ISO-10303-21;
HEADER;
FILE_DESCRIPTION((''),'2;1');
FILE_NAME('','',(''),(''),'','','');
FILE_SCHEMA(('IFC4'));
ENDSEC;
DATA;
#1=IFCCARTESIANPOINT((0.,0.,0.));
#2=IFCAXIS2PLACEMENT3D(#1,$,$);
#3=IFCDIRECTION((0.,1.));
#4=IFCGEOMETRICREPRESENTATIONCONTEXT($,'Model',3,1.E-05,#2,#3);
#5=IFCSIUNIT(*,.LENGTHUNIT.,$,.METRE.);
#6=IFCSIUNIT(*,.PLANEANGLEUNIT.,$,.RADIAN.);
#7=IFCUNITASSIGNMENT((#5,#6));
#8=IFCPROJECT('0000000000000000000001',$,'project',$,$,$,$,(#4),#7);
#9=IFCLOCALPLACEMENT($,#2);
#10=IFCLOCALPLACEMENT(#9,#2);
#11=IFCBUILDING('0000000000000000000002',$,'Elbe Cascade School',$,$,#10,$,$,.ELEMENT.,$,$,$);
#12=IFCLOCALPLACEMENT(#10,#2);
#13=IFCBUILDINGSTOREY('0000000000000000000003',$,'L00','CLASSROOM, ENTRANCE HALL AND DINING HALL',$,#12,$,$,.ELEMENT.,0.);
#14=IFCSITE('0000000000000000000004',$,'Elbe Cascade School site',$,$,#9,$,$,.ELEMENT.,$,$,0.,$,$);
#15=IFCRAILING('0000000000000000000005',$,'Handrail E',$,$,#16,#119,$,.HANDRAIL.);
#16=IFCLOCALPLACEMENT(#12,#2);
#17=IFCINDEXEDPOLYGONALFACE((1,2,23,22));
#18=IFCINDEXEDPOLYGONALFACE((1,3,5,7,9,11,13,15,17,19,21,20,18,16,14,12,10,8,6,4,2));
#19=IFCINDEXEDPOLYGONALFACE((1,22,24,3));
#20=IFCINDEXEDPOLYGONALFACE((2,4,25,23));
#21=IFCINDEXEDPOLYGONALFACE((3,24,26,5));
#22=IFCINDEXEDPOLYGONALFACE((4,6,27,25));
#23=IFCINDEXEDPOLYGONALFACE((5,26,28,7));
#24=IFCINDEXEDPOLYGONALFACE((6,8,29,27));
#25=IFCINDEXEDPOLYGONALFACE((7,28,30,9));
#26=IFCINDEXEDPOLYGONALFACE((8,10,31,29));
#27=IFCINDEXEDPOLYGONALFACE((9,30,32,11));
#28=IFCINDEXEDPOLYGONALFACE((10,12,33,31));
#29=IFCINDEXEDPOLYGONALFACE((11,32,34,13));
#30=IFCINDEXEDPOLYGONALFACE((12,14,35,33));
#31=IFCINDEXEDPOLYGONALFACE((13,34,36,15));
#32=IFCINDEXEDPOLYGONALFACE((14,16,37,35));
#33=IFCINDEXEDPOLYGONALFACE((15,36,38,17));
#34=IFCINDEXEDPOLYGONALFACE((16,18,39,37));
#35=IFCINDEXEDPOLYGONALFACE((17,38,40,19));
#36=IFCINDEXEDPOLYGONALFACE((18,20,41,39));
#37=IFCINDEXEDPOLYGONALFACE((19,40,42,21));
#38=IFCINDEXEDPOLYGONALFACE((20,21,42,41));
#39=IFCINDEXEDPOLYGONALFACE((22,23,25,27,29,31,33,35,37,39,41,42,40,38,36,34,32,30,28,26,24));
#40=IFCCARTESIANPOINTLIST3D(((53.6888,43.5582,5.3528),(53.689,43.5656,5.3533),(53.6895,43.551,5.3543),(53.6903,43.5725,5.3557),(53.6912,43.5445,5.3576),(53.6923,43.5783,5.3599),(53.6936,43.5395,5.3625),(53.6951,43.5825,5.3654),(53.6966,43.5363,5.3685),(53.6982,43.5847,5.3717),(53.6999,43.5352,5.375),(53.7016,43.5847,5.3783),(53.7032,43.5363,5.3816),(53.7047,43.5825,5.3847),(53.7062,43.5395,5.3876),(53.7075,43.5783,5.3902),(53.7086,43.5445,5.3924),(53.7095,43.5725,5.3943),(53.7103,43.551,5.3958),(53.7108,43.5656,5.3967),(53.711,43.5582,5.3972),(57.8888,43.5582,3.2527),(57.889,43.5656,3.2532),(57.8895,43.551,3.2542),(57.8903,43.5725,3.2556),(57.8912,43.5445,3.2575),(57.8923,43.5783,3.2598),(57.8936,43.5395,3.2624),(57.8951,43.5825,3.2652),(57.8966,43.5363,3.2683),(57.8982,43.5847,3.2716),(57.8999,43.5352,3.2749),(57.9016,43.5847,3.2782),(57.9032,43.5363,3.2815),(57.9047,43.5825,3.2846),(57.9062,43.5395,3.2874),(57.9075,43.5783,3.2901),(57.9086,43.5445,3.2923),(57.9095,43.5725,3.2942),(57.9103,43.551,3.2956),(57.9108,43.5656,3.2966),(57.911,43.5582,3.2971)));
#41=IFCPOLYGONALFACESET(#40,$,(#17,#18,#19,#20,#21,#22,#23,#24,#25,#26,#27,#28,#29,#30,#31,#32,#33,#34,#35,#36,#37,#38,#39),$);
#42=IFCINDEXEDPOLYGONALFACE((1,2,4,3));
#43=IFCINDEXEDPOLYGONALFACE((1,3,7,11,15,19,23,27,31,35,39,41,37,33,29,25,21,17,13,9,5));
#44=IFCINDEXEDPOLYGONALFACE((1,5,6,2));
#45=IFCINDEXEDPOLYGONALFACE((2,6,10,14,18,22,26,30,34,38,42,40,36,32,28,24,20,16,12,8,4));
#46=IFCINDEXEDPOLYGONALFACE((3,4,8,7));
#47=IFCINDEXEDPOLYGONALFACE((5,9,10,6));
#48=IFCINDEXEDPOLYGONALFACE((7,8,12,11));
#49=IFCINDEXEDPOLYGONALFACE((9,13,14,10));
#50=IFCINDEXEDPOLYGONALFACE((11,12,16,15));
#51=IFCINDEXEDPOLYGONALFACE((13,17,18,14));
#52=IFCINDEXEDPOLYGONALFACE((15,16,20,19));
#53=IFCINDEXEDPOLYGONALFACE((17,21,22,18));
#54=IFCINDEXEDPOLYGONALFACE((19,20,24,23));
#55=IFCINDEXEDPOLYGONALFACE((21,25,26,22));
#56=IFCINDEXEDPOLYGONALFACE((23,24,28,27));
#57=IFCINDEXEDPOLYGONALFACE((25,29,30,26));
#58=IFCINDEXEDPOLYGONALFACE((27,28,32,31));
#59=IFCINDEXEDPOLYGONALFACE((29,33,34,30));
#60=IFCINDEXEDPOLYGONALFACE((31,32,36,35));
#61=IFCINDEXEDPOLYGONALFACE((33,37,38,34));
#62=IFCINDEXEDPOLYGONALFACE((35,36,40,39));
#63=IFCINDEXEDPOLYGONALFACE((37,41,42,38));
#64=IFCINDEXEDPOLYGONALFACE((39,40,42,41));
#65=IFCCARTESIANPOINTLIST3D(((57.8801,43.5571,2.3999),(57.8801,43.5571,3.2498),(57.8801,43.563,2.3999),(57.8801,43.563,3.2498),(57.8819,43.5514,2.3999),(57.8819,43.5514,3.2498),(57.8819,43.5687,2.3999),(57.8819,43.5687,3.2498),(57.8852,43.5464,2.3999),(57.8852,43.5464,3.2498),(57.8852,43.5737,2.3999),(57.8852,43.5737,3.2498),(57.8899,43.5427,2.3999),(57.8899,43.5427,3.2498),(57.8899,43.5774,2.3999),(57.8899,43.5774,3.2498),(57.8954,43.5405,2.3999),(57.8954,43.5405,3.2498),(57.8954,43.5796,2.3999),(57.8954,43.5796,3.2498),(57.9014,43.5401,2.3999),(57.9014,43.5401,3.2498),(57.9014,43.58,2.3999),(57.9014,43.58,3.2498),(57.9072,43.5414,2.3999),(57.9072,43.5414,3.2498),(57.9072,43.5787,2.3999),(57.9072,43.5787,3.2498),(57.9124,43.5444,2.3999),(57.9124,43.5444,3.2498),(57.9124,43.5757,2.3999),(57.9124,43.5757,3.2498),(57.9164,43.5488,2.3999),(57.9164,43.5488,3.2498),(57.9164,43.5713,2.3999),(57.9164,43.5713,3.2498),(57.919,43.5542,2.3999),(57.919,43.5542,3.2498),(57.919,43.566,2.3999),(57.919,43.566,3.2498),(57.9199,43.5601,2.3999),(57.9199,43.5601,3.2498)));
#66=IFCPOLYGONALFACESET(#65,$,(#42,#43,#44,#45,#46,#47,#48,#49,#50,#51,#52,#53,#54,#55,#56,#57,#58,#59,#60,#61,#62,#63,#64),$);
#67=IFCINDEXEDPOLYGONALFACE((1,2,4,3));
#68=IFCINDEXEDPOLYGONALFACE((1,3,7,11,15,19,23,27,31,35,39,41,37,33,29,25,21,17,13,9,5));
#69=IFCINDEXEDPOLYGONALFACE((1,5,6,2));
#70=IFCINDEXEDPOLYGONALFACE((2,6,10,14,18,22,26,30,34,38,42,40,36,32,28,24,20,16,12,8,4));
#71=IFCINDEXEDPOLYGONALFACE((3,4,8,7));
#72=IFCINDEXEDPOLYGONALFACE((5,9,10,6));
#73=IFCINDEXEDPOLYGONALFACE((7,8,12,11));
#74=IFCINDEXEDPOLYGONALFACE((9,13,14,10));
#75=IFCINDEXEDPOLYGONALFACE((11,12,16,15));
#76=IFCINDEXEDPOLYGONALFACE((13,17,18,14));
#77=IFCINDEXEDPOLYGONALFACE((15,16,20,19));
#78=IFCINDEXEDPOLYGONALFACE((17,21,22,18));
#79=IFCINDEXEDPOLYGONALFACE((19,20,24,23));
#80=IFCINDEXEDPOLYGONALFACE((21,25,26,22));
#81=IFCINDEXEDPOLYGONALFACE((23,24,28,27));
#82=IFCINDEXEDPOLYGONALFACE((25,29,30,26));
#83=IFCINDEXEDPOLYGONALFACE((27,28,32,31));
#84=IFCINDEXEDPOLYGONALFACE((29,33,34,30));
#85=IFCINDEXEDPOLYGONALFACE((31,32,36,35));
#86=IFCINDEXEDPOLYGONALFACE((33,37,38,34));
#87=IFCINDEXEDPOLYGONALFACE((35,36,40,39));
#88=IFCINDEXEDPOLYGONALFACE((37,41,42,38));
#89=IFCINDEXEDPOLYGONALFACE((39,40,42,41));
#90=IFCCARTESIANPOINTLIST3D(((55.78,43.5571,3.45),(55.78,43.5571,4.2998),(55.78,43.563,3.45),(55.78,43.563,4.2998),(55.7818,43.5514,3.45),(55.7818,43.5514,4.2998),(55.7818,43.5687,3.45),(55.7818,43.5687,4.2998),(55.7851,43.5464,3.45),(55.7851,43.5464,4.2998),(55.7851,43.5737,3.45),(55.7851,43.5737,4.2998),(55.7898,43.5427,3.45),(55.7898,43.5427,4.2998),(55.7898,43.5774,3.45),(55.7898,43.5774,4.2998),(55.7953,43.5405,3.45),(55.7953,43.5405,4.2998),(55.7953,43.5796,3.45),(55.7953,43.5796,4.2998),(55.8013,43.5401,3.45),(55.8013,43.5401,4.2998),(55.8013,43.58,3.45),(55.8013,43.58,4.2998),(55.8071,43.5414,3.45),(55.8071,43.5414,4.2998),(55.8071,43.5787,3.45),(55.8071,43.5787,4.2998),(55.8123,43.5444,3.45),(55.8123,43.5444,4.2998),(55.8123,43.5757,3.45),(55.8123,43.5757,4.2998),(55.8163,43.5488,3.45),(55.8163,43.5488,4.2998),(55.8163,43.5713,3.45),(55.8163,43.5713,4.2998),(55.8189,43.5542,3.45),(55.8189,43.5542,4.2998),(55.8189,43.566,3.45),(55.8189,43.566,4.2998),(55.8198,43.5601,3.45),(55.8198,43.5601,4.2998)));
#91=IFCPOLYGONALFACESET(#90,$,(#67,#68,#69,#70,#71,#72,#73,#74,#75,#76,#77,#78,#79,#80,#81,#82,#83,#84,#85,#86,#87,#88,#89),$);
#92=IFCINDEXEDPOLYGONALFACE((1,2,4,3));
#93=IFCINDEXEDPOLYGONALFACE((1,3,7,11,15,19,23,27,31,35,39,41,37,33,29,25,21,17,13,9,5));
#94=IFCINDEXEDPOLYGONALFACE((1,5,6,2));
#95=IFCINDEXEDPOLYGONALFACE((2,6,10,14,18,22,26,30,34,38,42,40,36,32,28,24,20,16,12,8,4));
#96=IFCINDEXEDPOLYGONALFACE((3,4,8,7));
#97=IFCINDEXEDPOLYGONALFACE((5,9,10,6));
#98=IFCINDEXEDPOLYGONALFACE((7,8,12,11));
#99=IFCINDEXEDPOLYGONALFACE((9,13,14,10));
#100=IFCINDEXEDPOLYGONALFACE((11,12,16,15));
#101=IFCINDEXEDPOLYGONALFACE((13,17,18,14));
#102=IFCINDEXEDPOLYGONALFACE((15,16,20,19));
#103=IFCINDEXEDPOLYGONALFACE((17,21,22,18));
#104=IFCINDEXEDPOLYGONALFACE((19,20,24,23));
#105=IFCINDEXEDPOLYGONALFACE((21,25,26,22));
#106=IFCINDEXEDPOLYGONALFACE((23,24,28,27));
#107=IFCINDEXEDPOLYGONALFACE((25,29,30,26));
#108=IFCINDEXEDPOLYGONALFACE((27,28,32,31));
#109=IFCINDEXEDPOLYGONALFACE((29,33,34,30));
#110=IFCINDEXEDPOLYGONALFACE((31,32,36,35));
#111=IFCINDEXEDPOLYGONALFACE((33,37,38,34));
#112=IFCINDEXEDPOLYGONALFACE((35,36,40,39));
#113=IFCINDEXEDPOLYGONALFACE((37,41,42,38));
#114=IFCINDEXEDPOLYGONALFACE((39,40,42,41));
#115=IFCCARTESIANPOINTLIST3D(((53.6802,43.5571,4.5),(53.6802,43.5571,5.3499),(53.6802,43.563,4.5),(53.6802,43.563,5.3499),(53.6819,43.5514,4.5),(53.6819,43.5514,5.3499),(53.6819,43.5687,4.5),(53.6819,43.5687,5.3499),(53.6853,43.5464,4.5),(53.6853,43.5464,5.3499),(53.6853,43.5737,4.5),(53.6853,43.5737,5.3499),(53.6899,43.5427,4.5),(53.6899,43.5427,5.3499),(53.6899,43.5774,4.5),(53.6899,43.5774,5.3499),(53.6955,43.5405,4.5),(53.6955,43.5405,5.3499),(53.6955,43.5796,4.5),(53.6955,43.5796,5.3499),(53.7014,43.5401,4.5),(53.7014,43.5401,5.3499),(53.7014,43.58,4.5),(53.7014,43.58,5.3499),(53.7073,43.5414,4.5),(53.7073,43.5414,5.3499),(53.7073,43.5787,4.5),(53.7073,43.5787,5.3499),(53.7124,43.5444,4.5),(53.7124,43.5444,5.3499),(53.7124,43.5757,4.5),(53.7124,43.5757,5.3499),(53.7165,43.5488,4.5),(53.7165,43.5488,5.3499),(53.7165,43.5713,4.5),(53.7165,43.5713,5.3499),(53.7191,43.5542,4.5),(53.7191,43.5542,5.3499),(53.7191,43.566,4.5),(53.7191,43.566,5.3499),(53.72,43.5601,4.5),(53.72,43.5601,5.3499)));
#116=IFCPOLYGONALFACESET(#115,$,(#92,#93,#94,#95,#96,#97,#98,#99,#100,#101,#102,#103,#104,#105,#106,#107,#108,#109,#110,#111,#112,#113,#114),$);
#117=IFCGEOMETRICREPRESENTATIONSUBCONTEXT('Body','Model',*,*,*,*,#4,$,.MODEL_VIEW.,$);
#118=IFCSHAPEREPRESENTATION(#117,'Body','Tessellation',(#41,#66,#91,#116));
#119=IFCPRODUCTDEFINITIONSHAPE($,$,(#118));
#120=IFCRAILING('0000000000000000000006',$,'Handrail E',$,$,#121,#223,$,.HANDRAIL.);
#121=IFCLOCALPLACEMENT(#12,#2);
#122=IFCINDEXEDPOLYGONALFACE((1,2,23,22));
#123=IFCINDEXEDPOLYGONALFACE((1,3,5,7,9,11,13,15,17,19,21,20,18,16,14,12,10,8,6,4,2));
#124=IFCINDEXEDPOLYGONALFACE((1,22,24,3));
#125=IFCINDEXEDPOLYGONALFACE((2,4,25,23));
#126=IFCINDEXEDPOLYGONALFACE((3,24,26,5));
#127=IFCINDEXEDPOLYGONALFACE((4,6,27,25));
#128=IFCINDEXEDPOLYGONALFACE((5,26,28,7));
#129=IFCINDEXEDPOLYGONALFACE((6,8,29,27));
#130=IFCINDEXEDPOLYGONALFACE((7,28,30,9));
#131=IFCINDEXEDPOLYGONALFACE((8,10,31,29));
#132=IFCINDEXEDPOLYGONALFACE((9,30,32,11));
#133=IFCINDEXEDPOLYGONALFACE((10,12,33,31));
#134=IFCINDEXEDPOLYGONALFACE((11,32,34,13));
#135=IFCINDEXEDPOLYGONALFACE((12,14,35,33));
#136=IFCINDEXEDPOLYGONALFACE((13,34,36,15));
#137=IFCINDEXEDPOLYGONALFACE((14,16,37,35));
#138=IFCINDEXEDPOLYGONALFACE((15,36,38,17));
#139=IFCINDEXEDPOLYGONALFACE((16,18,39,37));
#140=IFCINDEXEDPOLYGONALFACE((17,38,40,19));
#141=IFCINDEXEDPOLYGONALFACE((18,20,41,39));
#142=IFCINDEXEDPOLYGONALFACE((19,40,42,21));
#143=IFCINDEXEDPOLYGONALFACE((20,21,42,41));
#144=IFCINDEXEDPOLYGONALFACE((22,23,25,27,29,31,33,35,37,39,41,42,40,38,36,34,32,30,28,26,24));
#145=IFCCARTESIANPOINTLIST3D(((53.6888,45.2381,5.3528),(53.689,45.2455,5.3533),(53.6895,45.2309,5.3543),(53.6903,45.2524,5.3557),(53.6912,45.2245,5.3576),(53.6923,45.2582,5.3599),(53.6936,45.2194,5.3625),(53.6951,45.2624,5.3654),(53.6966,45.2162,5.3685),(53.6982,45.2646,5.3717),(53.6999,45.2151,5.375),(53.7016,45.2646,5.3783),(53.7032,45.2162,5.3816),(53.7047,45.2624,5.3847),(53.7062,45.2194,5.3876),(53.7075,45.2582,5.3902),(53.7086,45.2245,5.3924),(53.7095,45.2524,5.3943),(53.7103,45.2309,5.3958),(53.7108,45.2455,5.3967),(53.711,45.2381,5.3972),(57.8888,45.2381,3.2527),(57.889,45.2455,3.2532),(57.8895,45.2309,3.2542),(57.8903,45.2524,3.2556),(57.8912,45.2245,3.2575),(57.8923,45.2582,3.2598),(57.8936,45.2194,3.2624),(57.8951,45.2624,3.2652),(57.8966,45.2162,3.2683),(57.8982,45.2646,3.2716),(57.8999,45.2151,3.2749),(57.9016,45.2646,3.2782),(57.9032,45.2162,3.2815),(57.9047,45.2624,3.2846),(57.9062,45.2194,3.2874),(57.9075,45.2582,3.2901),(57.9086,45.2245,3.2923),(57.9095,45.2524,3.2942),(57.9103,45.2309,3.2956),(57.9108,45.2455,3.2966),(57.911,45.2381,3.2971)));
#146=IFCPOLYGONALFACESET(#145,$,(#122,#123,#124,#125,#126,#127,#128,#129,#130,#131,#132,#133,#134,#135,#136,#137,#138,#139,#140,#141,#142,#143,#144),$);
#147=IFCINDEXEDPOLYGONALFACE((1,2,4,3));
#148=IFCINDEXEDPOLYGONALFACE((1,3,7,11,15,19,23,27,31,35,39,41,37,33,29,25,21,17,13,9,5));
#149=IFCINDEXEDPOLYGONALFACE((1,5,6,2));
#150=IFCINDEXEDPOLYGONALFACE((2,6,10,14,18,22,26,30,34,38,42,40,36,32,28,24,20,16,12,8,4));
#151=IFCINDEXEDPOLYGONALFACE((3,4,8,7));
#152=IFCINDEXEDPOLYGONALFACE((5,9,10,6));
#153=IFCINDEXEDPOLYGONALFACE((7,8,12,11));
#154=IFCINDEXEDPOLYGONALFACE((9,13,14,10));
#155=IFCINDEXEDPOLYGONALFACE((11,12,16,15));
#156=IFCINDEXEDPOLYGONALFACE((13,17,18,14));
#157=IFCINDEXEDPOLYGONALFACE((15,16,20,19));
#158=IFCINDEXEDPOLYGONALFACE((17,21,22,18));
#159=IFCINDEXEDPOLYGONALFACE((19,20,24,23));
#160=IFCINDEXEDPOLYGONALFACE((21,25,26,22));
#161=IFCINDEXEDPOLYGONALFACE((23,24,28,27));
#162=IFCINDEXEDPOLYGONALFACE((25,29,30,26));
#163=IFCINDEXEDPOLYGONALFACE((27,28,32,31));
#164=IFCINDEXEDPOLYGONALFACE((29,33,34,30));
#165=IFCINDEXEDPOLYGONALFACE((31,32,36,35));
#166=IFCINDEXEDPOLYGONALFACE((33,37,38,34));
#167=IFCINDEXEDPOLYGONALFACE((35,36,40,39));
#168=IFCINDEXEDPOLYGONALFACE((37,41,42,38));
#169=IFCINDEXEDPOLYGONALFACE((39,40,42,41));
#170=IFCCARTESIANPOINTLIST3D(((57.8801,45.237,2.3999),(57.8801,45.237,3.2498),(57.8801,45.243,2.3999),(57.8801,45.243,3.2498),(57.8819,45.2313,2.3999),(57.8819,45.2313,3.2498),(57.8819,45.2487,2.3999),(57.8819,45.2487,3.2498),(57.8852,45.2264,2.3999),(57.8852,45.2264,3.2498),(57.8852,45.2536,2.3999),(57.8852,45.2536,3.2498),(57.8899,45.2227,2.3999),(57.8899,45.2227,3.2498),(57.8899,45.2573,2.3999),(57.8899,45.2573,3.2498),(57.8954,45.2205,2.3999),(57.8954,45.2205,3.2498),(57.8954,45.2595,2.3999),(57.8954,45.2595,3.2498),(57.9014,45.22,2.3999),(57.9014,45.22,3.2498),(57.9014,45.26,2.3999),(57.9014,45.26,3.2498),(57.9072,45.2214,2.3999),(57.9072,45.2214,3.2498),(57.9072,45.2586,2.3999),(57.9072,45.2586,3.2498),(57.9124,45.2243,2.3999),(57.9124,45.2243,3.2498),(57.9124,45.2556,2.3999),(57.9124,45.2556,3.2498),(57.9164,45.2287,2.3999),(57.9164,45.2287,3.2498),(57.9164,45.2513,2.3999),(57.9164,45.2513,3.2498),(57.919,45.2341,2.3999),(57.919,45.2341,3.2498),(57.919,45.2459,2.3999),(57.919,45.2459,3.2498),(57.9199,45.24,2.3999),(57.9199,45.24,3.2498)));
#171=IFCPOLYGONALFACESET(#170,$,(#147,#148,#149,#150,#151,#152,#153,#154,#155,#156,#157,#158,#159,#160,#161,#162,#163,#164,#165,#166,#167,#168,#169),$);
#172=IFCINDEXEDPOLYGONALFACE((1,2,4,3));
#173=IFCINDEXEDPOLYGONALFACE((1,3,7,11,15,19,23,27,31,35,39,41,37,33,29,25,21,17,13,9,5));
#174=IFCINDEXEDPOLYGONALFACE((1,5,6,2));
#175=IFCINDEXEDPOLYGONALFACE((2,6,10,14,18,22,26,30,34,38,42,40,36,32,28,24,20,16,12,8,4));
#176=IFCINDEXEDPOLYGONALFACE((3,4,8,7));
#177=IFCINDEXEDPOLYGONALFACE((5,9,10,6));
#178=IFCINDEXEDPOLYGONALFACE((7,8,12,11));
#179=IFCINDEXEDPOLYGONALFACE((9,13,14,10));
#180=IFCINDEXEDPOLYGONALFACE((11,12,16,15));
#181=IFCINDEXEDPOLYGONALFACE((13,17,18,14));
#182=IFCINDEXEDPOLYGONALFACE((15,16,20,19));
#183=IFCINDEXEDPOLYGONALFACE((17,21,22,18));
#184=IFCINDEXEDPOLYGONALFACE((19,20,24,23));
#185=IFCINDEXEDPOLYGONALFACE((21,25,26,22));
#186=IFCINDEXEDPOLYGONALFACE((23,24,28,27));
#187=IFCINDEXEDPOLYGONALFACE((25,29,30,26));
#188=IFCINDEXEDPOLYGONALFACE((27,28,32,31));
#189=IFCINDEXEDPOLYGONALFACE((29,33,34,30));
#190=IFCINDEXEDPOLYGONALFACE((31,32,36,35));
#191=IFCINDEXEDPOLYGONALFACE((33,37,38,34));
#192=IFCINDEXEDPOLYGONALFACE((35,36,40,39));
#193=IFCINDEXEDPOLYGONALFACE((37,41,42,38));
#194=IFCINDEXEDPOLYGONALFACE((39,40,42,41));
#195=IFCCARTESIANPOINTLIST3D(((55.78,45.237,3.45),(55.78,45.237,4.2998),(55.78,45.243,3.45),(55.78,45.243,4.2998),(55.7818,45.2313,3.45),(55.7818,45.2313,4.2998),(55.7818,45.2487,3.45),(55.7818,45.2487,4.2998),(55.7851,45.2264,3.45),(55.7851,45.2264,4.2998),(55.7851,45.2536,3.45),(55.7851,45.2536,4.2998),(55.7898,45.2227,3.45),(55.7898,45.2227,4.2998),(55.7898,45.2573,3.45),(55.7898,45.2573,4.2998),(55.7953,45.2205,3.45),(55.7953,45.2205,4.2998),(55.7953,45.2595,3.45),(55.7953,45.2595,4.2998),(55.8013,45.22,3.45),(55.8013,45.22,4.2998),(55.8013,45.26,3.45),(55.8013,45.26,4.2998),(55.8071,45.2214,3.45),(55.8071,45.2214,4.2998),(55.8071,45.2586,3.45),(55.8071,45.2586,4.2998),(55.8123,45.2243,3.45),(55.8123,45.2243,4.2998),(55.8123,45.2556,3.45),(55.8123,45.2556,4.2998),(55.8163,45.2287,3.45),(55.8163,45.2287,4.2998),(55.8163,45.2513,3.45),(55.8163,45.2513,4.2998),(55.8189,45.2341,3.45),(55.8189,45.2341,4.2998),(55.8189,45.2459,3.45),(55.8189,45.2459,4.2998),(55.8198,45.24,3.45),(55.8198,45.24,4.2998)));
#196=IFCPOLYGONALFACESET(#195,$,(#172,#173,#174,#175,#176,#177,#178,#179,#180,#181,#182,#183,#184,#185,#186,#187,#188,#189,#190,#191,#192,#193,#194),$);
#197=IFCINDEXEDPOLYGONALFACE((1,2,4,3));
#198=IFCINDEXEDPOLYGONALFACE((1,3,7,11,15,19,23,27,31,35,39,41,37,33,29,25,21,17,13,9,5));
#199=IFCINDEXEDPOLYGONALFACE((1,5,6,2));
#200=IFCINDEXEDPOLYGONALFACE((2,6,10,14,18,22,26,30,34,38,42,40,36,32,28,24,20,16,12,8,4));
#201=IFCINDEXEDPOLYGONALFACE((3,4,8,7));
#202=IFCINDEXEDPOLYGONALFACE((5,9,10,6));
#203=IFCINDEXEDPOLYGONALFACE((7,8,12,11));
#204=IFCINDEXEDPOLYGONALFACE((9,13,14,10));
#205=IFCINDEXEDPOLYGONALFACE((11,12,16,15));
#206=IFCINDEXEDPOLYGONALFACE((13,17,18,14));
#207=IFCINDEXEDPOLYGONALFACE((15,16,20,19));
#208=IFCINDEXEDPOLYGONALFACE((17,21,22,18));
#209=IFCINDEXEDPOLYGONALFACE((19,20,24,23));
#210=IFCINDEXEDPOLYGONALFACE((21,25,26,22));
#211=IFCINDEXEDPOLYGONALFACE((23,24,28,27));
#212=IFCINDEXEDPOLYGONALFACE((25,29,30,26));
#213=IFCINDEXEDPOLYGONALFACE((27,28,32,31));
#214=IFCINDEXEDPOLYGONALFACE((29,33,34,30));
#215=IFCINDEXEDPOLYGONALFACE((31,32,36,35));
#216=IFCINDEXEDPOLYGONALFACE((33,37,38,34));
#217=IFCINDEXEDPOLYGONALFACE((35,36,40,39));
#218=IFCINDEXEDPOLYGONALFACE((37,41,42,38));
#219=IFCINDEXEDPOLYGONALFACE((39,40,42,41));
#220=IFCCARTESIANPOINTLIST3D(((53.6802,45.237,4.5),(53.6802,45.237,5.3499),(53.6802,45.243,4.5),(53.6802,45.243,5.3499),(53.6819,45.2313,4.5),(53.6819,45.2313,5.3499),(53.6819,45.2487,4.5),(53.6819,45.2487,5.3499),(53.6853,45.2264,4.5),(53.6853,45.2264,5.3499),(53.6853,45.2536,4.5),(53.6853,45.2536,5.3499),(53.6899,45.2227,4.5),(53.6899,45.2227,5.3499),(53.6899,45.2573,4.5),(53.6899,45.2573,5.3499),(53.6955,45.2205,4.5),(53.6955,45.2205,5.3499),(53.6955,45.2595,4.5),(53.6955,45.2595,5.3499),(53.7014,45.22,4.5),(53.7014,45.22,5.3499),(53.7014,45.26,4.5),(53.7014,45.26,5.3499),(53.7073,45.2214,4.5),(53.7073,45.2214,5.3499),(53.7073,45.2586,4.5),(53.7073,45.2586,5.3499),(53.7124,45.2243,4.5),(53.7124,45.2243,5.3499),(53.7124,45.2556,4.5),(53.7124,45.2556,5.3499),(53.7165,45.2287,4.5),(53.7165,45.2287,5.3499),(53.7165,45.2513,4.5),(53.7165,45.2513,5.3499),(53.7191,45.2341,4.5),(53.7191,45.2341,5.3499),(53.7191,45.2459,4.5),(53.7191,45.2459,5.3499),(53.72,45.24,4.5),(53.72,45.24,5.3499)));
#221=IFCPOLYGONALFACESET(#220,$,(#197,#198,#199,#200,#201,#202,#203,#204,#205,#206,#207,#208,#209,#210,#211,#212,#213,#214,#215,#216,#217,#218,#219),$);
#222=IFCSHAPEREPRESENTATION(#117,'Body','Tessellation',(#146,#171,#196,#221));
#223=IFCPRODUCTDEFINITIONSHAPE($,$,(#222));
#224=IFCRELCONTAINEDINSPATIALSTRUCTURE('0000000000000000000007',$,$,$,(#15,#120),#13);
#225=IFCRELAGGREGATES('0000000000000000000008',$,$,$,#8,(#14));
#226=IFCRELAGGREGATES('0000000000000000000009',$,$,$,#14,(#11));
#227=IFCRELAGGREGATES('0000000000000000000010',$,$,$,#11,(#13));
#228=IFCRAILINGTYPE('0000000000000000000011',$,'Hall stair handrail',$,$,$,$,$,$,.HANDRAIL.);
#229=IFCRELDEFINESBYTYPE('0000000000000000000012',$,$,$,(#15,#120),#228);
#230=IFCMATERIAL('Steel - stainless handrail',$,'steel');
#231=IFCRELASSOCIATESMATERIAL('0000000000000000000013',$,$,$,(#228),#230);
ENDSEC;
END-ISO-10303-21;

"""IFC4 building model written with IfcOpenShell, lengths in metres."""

from ifc_helpers import new_model, si_unit, direction, frame, origin, origin_2d, place, context, subcontext, project, spatial, circle, extrude, material, type_object, element, save


model = new_model("IFC4")

# Units and contexts
model_context = context("Model", 3, precision=1e-05, world=origin(), true_north=direction((0.0, 1.0)))
body_context = subcontext(model_context, "Body", "Model", "MODEL_VIEW")
ifc_project = project(units=[si_unit("LENGTHUNIT", "METRE"), si_unit("PLANEANGLEUNIT", "RADIAN")], contexts=[model_context])

# Site, building, storey
site_placement = place(None, origin())
site = spatial("IfcSite", under=ifc_project, at=site_placement, Name="Elbe Cascade School site", CompositionType="ELEMENT", RefElevation=0.0)
building_placement = place(site_placement, origin())
building = spatial("IfcBuilding", under=site, at=building_placement, Name="Elbe Cascade School", CompositionType="ELEMENT")
storey_placement = place(building_placement, origin())
storey = spatial("IfcBuildingStorey", under=building, at=storey_placement, Name="L00", Description="CLASSROOM, ENTRANCE HALL AND DINING HALL", CompositionType="ELEMENT", Elevation=0.0)

# Railings
ifc_material_1 = material(Name="Steel - stainless handrail", Category="steel")
railing_type = type_object("IfcRailingType", Name="Hall stair handrail", PredefinedType="HANDRAIL", material=ifc_material_1)
for number, where, name in (
    (1, (57.8999, 43.5601, 2.3999), "Handrail E"),
    (2, (57.8999, 45.24, 2.3999), "Handrail E"),
):
    element("IfcRailing", number, at=place(storey_placement, frame(where)), inside=storey, type_object=railing_type, Name=name, PredefinedType="HANDRAIL", context=body_context, shape_type="SweptSolid", body=[
        extrude(circle(Radius=0.0249, at=origin_2d()), frame((0.0, 0.0, 0.875), z_axis=(-0.894417, 0.0, 0.447234), x_axis=(0.0, -1.0, 0.0)), (0.0, 0.0, 1.0), 4.6958),
        extrude(circle(Radius=0.02, at=origin_2d()), origin(), (0.0, 0.0, 1.0), 0.8499),
        extrude(circle(Radius=0.02, at=origin_2d()), frame((-2.1001, 0.0, 1.05)), (0.0, 0.0, 1.0), 0.8499),
        extrude(circle(Radius=0.02, at=origin_2d()), frame((-4.2, 0.0, 2.1001)), (0.0, 0.0, 1.0), 0.8499),
    ])

save(model, "model.ifc")
